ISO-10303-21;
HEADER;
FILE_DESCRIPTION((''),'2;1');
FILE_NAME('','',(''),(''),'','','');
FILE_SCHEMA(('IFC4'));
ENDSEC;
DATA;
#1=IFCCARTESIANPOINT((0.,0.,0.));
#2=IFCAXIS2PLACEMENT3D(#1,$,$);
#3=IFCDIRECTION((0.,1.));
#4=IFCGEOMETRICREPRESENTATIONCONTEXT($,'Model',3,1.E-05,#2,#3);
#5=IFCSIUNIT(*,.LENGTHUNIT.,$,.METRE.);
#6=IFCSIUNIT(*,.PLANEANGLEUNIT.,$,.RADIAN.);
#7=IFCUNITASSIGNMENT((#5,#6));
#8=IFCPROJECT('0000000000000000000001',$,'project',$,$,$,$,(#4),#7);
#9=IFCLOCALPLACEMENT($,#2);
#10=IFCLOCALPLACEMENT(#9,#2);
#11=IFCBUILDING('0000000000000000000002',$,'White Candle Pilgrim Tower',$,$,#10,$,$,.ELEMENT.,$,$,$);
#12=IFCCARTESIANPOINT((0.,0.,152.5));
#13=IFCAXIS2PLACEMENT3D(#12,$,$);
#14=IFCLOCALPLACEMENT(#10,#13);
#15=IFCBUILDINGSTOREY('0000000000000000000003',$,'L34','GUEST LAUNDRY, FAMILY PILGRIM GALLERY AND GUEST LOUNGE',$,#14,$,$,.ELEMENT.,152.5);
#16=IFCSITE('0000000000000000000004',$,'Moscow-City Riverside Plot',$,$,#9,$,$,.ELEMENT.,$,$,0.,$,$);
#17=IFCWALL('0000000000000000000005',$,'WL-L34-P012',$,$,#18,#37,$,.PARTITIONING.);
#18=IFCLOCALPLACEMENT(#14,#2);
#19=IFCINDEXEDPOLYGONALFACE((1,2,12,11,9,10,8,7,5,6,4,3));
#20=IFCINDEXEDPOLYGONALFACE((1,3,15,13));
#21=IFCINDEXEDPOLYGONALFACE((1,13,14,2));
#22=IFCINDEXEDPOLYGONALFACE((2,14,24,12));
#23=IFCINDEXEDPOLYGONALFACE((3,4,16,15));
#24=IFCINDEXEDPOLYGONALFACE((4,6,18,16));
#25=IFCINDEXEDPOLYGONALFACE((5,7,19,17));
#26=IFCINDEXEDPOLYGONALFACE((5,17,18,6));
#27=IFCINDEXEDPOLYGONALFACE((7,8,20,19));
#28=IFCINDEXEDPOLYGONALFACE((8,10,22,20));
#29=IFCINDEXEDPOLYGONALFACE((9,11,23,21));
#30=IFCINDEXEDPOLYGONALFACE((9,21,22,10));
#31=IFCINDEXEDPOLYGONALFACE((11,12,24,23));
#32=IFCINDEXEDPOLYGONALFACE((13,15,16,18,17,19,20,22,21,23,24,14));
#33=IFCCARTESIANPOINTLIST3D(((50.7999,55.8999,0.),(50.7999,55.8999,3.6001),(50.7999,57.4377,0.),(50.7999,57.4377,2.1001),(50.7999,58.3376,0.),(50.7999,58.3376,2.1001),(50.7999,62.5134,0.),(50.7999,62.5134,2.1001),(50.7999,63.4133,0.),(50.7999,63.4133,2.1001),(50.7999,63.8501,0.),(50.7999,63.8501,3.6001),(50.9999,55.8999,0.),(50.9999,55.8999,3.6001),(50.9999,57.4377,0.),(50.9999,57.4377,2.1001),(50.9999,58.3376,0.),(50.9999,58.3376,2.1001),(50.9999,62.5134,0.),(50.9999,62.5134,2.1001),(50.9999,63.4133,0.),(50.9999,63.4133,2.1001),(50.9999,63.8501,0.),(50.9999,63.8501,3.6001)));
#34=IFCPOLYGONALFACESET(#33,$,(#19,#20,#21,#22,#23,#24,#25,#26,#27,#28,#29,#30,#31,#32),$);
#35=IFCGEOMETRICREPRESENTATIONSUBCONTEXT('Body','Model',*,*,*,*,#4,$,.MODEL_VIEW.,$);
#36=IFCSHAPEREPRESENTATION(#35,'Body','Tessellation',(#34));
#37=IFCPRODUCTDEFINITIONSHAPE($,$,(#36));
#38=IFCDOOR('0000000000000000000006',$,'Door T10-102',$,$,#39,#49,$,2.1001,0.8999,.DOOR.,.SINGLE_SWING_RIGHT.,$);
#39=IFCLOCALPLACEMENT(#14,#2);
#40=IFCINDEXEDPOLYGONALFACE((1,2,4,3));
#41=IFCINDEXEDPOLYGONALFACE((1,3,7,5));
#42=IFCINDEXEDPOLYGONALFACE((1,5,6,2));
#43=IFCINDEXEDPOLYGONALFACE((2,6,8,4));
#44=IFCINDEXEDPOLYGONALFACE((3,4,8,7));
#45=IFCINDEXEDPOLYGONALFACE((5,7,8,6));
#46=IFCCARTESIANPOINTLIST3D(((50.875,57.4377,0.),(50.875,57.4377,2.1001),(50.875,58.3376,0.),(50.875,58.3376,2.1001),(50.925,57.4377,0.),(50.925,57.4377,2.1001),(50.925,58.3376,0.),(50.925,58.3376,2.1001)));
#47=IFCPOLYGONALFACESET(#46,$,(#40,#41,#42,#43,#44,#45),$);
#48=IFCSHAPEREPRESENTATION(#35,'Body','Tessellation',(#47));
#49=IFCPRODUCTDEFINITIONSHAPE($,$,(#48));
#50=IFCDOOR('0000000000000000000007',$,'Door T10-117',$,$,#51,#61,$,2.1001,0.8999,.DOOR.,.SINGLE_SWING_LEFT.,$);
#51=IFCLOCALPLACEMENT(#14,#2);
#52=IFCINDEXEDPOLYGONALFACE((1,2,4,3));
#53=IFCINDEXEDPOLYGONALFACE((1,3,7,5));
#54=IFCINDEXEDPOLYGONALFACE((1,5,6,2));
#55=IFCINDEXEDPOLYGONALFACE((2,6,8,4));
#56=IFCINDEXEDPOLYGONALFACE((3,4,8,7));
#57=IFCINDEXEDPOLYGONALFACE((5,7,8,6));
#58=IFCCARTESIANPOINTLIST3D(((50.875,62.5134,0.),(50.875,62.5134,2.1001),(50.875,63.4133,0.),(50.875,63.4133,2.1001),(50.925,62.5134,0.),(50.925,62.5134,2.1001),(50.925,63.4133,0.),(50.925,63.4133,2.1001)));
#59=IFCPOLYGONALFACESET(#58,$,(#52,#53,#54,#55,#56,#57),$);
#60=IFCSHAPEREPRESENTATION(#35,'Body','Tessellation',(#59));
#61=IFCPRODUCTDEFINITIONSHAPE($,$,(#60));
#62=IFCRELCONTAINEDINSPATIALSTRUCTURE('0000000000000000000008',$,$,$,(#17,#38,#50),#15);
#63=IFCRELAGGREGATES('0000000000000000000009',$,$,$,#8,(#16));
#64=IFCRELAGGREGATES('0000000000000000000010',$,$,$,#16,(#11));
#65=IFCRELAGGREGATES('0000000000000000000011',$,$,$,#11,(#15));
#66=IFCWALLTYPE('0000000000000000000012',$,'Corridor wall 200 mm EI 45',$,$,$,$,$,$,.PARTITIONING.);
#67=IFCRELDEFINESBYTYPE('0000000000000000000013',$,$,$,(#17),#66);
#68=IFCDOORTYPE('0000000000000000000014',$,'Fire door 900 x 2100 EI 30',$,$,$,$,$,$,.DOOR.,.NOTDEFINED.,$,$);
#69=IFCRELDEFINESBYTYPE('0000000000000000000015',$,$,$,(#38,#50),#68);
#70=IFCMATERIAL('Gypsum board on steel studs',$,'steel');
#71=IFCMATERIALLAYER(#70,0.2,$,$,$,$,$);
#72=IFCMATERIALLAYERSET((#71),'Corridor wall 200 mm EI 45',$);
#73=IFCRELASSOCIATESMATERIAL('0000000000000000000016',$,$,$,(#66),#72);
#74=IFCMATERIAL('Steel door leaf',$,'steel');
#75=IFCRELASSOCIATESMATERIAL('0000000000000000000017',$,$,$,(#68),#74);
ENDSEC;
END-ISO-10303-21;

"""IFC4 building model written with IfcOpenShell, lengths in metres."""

from ifc_helpers import new_model, si_unit, direction, frame, frame_2d, origin, place, context, subcontext, project, spatial, rectangle, extrude, material, layer, layer_set, type_object, element, fill, save


model = new_model("IFC4")

# Units and contexts
model_context = context("Model", 3, precision=1e-05, world=origin(), true_north=direction((0.0, 1.0)))
body_context = subcontext(model_context, "Body", "Model", "MODEL_VIEW")
ifc_project = project(units=[si_unit("LENGTHUNIT", "METRE"), si_unit("PLANEANGLEUNIT", "RADIAN")], contexts=[model_context])

# Site, building, storey
site_placement = place(None, origin())
site = spatial("IfcSite", under=ifc_project, at=site_placement, Name="Moscow-City Riverside Plot", CompositionType="ELEMENT", RefElevation=0.0)
building_placement = place(site_placement, origin())
building = spatial("IfcBuilding", under=site, at=building_placement, Name="White Candle Pilgrim Tower", CompositionType="ELEMENT")
storey_placement = place(building_placement, frame((0.0, 0.0, 152.5)))
storey = spatial("IfcBuildingStorey", under=building, at=storey_placement, Name="L34", Description="GUEST LAUNDRY, FAMILY PILGRIM GALLERY AND GUEST LOUNGE", CompositionType="ELEMENT", Elevation=152.5)

# Wall, openings, doors
ifc_material_1 = material(Name="Gypsum board on steel studs", Category="steel")
ifc_layer_1 = layer(ifc_material_1, 0.2)
ifc_layer_set_1 = layer_set([ifc_layer_1], Name="Corridor wall 200 mm EI 45")
wall_type_1 = type_object("IfcWallType", Name="Corridor wall 200 mm EI 45", PredefinedType="PARTITIONING", material=ifc_layer_set_1)
wall_1_placement = place(storey_placement, frame((50.8999, 55.8999, 0.0), z_axis=(0.0, 0.0, 1.0), x_axis=(0.0, 1.0, 0.0)))
wall_1 = element("IfcWall", 1, at=wall_1_placement, inside=storey, type_object=wall_type_1, Name="WL-L34-P012", PredefinedType="PARTITIONING", context=body_context, shape_type="SweptSolid", body=[
    extrude(rectangle(XDim=7.9502, YDim=0.2, at=frame_2d((3.9751, 0.0))), origin(), (0.0, 0.0, 1.0), 3.6001),
])
opening_1_placement = place(wall_1_placement, frame((1.5378, 0.0, 0.0)))
opening_1 = element("IfcOpeningElement", 2, at=opening_1_placement, cuts=wall_1, PredefinedType="OPENING", context=body_context, shape_type="SweptSolid", body=[
    extrude(rectangle(XDim=0.8999, YDim=2.1001, at=frame_2d((0.45, 1.05))), frame((0.0, 0.1099, 0.0), z_axis=(0.0, -1.0, 0.0), x_axis=(1.0, 0.0, 0.0)), (0.0, 0.0, 1.0), 0.22),
])
opening_2_placement = place(wall_1_placement, frame((6.6135, 0.0, 0.0)))
opening_2 = element("IfcOpeningElement", 3, at=opening_2_placement, cuts=wall_1, PredefinedType="OPENING", context=body_context, shape_type="SweptSolid", body=[
    extrude(rectangle(XDim=0.8999, YDim=2.1001, at=frame_2d((0.45, 1.05))), frame((0.0, 0.1099, 0.0), z_axis=(0.0, -1.0, 0.0), x_axis=(1.0, 0.0, 0.0)), (0.0, 0.0, 1.0), 0.22),
])
ifc_material_2 = material(Name="Steel door leaf", Category="steel")
door_type_1 = type_object("IfcDoorType", Name="Fire door 900 x 2100 EI 30", OperationType="NOTDEFINED", PredefinedType="DOOR", material=ifc_material_2)
door_1_placement = place(opening_1_placement, origin())
door_1 = element("IfcDoor", 4, at=door_1_placement, inside=storey, type_object=door_type_1, Name="Door T10-102", OperationType="SINGLE_SWING_RIGHT", OverallHeight=2.1001, OverallWidth=0.8999, PredefinedType="DOOR", context=body_context, shape_type="SweptSolid", body=[
    extrude(rectangle(XDim=0.8999, YDim=2.1001, at=frame_2d((0.45, 1.05))), frame((0.0, 0.0249, 0.0), z_axis=(0.0, -1.0, 0.0), x_axis=(1.0, 0.0, 0.0)), (0.0, 0.0, 1.0), 0.05),
])
fill(opening_1, door_1)
door_2_placement = place(opening_2_placement, origin())
door_2 = element("IfcDoor", 5, at=door_2_placement, inside=storey, type_object=door_type_1, Name="Door T10-117", OperationType="SINGLE_SWING_LEFT", OverallHeight=2.1001, OverallWidth=0.8999, PredefinedType="DOOR", context=body_context, shape_type="SweptSolid", body=[
    extrude(rectangle(XDim=0.8999, YDim=2.1001, at=frame_2d((0.45, 1.05))), frame((0.0, 0.0249, 0.0), z_axis=(0.0, -1.0, 0.0), x_axis=(1.0, 0.0, 0.0)), (0.0, 0.0, 1.0), 0.05),
])
fill(opening_2, door_2)

save(model, "model.ifc")
